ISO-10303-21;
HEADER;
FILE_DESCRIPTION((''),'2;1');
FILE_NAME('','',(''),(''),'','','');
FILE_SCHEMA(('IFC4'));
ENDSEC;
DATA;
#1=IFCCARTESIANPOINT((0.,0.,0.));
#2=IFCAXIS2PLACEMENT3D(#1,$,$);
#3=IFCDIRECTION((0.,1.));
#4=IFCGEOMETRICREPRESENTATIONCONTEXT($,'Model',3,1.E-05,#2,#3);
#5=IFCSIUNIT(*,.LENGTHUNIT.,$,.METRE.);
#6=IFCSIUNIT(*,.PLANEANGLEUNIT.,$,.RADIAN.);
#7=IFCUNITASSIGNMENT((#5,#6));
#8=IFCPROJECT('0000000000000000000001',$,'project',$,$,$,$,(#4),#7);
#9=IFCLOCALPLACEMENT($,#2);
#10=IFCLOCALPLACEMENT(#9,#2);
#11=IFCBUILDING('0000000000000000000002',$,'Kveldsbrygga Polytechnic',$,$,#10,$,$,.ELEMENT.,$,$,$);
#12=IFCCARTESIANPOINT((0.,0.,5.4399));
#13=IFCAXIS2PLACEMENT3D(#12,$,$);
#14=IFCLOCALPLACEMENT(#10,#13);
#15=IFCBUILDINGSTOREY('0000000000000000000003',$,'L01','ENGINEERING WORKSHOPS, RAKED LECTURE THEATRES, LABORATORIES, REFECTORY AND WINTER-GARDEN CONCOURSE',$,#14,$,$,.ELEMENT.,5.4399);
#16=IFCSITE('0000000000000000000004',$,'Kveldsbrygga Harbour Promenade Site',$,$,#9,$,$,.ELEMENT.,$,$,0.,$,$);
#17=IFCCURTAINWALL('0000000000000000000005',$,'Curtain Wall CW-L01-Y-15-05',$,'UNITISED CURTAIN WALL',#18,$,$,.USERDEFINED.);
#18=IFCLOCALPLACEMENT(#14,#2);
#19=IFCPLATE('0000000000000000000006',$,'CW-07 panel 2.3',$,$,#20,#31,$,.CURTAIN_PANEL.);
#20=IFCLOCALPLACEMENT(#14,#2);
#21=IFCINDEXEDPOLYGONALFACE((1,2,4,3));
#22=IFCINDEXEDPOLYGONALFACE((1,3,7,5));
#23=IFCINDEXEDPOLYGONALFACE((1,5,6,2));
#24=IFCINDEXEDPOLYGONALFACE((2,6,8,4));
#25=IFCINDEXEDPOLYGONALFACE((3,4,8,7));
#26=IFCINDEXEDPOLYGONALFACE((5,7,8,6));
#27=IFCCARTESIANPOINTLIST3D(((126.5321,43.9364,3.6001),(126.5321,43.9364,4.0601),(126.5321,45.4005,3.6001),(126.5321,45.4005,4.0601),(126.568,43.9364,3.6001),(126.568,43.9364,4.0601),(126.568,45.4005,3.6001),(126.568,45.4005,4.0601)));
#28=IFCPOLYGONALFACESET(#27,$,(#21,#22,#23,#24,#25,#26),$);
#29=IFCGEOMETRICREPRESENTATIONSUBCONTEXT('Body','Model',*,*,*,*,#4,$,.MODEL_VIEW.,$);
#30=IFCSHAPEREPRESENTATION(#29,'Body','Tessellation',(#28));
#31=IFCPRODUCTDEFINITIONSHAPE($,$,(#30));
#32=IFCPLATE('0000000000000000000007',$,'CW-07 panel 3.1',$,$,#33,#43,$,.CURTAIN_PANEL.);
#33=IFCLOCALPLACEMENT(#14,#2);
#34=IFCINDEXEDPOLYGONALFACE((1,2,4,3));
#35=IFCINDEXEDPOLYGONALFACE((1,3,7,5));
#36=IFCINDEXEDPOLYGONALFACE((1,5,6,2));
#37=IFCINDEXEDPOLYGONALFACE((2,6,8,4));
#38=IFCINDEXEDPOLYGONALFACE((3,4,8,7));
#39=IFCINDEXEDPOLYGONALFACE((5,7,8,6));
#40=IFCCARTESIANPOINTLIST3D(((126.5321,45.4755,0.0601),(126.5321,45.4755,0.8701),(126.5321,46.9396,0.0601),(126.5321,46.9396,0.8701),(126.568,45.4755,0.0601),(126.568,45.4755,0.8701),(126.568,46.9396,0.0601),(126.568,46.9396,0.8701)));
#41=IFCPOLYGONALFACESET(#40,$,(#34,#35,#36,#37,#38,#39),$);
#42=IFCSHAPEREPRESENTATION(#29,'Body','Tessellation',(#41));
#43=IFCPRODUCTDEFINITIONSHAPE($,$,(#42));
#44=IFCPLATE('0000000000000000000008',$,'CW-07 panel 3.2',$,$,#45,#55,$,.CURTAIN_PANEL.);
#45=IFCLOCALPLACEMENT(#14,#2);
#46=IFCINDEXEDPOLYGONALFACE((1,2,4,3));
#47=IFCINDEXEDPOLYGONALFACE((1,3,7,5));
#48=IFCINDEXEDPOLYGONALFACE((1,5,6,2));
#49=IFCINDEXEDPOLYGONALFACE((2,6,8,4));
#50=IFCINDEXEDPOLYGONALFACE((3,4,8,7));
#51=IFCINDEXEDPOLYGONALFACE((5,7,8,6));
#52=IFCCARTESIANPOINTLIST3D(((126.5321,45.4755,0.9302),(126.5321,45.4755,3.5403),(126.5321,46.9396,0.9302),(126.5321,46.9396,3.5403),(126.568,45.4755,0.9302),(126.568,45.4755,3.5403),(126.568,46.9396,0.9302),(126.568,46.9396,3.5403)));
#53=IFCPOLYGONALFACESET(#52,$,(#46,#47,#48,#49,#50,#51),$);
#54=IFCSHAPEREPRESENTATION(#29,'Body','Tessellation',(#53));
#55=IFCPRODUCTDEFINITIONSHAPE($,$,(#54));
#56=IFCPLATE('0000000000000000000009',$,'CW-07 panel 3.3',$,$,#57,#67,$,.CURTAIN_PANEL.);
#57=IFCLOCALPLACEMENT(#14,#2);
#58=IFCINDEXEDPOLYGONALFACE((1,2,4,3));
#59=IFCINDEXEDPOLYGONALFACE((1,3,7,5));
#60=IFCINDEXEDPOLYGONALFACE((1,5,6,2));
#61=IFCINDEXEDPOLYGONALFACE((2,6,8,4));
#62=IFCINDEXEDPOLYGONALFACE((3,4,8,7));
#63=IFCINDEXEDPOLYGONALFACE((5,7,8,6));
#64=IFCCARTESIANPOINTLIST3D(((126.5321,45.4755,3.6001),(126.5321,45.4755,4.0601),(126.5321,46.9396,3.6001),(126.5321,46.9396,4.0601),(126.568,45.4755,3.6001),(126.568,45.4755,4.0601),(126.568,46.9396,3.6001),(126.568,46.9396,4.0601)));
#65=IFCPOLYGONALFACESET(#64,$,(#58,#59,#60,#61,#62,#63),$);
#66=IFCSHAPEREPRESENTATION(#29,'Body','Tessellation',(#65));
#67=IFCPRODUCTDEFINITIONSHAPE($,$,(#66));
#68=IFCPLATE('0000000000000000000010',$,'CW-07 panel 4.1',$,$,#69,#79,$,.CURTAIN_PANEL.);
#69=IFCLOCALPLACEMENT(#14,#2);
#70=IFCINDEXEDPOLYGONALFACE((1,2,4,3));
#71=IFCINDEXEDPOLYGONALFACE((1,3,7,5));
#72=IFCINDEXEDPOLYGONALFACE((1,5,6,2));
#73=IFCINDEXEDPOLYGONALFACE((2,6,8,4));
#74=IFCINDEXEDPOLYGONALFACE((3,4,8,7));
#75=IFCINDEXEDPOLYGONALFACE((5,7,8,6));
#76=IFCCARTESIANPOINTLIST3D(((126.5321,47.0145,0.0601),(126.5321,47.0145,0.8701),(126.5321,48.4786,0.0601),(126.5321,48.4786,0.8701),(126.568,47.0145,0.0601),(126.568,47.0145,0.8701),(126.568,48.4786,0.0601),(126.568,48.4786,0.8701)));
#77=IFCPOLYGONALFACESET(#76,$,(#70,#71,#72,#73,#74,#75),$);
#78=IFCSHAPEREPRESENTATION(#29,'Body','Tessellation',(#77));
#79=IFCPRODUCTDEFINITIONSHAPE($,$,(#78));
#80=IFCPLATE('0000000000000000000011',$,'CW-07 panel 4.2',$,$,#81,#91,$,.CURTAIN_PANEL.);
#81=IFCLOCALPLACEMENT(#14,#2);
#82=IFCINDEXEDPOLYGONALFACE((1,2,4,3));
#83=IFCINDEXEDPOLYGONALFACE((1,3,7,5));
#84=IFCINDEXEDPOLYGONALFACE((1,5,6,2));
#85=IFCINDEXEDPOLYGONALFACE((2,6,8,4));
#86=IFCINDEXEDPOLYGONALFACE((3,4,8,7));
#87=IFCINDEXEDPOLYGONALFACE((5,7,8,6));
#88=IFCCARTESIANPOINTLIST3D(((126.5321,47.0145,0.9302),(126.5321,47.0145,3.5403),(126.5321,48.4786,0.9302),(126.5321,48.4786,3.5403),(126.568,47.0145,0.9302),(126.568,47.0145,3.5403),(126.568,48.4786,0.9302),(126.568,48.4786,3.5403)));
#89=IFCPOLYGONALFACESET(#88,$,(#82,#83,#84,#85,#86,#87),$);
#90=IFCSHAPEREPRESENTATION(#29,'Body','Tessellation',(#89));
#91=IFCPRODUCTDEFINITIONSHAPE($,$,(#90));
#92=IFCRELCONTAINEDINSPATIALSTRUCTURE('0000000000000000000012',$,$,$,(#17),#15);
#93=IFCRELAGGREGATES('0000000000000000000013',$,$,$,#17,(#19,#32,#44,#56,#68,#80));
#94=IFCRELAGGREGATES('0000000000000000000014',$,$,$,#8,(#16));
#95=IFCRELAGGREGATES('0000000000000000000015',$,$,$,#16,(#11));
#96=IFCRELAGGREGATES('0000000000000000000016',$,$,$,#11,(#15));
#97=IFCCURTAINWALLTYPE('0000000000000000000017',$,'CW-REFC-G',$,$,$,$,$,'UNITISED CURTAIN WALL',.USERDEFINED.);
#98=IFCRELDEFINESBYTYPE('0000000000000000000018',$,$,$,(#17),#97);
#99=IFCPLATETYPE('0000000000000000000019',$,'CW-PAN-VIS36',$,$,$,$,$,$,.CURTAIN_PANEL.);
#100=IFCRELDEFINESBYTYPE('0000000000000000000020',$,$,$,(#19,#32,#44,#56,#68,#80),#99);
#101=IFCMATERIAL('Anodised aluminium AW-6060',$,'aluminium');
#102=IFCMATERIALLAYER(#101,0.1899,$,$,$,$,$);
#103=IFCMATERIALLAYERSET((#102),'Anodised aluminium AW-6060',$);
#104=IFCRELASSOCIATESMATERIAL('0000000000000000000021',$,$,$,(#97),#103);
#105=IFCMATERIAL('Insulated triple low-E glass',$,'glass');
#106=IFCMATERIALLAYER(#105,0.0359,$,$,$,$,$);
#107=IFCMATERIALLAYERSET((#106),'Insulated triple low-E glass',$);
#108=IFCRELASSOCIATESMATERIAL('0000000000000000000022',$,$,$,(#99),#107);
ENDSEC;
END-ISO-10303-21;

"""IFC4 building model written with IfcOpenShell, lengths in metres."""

from ifc_helpers import new_model, si_unit, direction, frame, origin, origin_2d, place, context, subcontext, project, spatial, rectangle, extrude, material, layer, layer_set, type_object, element, aggregate, save


model = new_model("IFC4")

# Units and contexts
model_context = context("Model", 3, precision=1e-05, world=origin(), true_north=direction((0.0, 1.0)))
body_context = subcontext(model_context, "Body", "Model", "MODEL_VIEW")
ifc_project = project(units=[si_unit("LENGTHUNIT", "METRE"), si_unit("PLANEANGLEUNIT", "RADIAN")], contexts=[model_context])

# Site, building, storey
site_placement = place(None, origin())
site = spatial("IfcSite", under=ifc_project, at=site_placement, Name="Kveldsbrygga Harbour Promenade Site", CompositionType="ELEMENT", RefElevation=0.0)
building_placement = place(site_placement, origin())
building = spatial("IfcBuilding", under=site, at=building_placement, Name="Kveldsbrygga Polytechnic", CompositionType="ELEMENT")
storey_placement = place(building_placement, frame((0.0, 0.0, 5.4399)))
storey = spatial("IfcBuildingStorey", under=building, at=storey_placement, Name="L01", Description="ENGINEERING WORKSHOPS, RAKED LECTURE THEATRES, LABORATORIES, REFECTORY AND WINTER-GARDEN CONCOURSE", CompositionType="ELEMENT", Elevation=5.4399)

# Curtain wall
ifc_material_1 = material(Name="Anodised aluminium AW-6060", Category="aluminium")
ifc_layer_1 = layer(ifc_material_1, 0.1899)
ifc_layer_set_1 = layer_set([ifc_layer_1], Name="Anodised aluminium AW-6060")
curtain_wall_type = type_object("IfcCurtainWallType", Name="CW-REFC-G", ElementType="UNITISED CURTAIN WALL", PredefinedType="USERDEFINED", material=ifc_layer_set_1)
curtain_wall_placement = place(storey_placement, origin())
curtain_wall = element("IfcCurtainWall", 1, at=curtain_wall_placement, inside=storey, type_object=curtain_wall_type, Name="Curtain Wall CW-L01-Y-15-05", ObjectType="UNITISED CURTAIN WALL", PredefinedType="USERDEFINED")

# Plates
ifc_material_2 = material(Name="Insulated triple low-E glass", Category="glass")
ifc_layer_2 = layer(ifc_material_2, 0.0359)
ifc_layer_set_2 = layer_set([ifc_layer_2], Name="Insulated triple low-E glass")
plate_type = type_object("IfcPlateType", Name="CW-PAN-VIS36", PredefinedType="CURTAIN_PANEL", material=ifc_layer_set_2)
plate_1_placement = place(storey_placement, frame((126.55, 44.6685, 3.6001), z_axis=(0.0, 0.0, 1.0), x_axis=(0.0, 1.0, 0.0)))
plate_1 = element("IfcPlate", 2, at=plate_1_placement, type_object=plate_type, Name="CW-07 panel 2.3", PredefinedType="CURTAIN_PANEL", context=body_context, shape_type="SweptSolid", body=[
    extrude(rectangle(XDim=1.4641, YDim=0.0359, at=origin_2d()), origin(), (0.0, 0.0, 1.0), 0.46),
])
plate_2_placement = place(storey_placement, frame((126.55, 46.2075, 0.0601), z_axis=(0.0, 0.0, 1.0), x_axis=(0.0, 1.0, 0.0)))
plate_2 = element("IfcPlate", 3, at=plate_2_placement, type_object=plate_type, Name="CW-07 panel 3.1", PredefinedType="CURTAIN_PANEL", context=body_context, shape_type="SweptSolid", body=[
    extrude(rectangle(XDim=1.4641, YDim=0.0359, at=origin_2d()), origin(), (0.0, 0.0, 1.0), 0.8101),
])
plate_3_placement = place(storey_placement, frame((126.55, 46.2075, 0.9302), z_axis=(0.0, 0.0, 1.0), x_axis=(0.0, 1.0, 0.0)))
plate_3 = element("IfcPlate", 4, at=plate_3_placement, type_object=plate_type, Name="CW-07 panel 3.2", PredefinedType="CURTAIN_PANEL", context=body_context, shape_type="SweptSolid", body=[
    extrude(rectangle(XDim=1.4641, YDim=0.0359, at=origin_2d()), origin(), (0.0, 0.0, 1.0), 2.6101),
])
plate_4_placement = place(storey_placement, frame((126.55, 46.2075, 3.6001), z_axis=(0.0, 0.0, 1.0), x_axis=(0.0, 1.0, 0.0)))
plate_4 = element("IfcPlate", 5, at=plate_4_placement, type_object=plate_type, Name="CW-07 panel 3.3", PredefinedType="CURTAIN_PANEL", context=body_context, shape_type="SweptSolid", body=[
    extrude(rectangle(XDim=1.4641, YDim=0.0359, at=origin_2d()), origin(), (0.0, 0.0, 1.0), 0.46),
])
plate_5_placement = place(storey_placement, frame((126.55, 47.7466, 0.0601), z_axis=(0.0, 0.0, 1.0), x_axis=(0.0, 1.0, 0.0)))
plate_5 = element("IfcPlate", 6, at=plate_5_placement, type_object=plate_type, Name="CW-07 panel 4.1", PredefinedType="CURTAIN_PANEL", context=body_context, shape_type="SweptSolid", body=[
    extrude(rectangle(XDim=1.4641, YDim=0.0359, at=origin_2d()), origin(), (0.0, 0.0, 1.0), 0.8101),
])
plate_6_placement = place(storey_placement, frame((126.55, 47.7466, 0.9302), z_axis=(0.0, 0.0, 1.0), x_axis=(0.0, 1.0, 0.0)))
plate_6 = element("IfcPlate", 7, at=plate_6_placement, type_object=plate_type, Name="CW-07 panel 4.2", PredefinedType="CURTAIN_PANEL", context=body_context, shape_type="SweptSolid", body=[
    extrude(rectangle(XDim=1.4641, YDim=0.0359, at=origin_2d()), origin(), (0.0, 0.0, 1.0), 2.6101),
])
aggregate(curtain_wall, [plate_1, plate_2, plate_3, plate_4, plate_5, plate_6])

save(model, "model.ifc")
